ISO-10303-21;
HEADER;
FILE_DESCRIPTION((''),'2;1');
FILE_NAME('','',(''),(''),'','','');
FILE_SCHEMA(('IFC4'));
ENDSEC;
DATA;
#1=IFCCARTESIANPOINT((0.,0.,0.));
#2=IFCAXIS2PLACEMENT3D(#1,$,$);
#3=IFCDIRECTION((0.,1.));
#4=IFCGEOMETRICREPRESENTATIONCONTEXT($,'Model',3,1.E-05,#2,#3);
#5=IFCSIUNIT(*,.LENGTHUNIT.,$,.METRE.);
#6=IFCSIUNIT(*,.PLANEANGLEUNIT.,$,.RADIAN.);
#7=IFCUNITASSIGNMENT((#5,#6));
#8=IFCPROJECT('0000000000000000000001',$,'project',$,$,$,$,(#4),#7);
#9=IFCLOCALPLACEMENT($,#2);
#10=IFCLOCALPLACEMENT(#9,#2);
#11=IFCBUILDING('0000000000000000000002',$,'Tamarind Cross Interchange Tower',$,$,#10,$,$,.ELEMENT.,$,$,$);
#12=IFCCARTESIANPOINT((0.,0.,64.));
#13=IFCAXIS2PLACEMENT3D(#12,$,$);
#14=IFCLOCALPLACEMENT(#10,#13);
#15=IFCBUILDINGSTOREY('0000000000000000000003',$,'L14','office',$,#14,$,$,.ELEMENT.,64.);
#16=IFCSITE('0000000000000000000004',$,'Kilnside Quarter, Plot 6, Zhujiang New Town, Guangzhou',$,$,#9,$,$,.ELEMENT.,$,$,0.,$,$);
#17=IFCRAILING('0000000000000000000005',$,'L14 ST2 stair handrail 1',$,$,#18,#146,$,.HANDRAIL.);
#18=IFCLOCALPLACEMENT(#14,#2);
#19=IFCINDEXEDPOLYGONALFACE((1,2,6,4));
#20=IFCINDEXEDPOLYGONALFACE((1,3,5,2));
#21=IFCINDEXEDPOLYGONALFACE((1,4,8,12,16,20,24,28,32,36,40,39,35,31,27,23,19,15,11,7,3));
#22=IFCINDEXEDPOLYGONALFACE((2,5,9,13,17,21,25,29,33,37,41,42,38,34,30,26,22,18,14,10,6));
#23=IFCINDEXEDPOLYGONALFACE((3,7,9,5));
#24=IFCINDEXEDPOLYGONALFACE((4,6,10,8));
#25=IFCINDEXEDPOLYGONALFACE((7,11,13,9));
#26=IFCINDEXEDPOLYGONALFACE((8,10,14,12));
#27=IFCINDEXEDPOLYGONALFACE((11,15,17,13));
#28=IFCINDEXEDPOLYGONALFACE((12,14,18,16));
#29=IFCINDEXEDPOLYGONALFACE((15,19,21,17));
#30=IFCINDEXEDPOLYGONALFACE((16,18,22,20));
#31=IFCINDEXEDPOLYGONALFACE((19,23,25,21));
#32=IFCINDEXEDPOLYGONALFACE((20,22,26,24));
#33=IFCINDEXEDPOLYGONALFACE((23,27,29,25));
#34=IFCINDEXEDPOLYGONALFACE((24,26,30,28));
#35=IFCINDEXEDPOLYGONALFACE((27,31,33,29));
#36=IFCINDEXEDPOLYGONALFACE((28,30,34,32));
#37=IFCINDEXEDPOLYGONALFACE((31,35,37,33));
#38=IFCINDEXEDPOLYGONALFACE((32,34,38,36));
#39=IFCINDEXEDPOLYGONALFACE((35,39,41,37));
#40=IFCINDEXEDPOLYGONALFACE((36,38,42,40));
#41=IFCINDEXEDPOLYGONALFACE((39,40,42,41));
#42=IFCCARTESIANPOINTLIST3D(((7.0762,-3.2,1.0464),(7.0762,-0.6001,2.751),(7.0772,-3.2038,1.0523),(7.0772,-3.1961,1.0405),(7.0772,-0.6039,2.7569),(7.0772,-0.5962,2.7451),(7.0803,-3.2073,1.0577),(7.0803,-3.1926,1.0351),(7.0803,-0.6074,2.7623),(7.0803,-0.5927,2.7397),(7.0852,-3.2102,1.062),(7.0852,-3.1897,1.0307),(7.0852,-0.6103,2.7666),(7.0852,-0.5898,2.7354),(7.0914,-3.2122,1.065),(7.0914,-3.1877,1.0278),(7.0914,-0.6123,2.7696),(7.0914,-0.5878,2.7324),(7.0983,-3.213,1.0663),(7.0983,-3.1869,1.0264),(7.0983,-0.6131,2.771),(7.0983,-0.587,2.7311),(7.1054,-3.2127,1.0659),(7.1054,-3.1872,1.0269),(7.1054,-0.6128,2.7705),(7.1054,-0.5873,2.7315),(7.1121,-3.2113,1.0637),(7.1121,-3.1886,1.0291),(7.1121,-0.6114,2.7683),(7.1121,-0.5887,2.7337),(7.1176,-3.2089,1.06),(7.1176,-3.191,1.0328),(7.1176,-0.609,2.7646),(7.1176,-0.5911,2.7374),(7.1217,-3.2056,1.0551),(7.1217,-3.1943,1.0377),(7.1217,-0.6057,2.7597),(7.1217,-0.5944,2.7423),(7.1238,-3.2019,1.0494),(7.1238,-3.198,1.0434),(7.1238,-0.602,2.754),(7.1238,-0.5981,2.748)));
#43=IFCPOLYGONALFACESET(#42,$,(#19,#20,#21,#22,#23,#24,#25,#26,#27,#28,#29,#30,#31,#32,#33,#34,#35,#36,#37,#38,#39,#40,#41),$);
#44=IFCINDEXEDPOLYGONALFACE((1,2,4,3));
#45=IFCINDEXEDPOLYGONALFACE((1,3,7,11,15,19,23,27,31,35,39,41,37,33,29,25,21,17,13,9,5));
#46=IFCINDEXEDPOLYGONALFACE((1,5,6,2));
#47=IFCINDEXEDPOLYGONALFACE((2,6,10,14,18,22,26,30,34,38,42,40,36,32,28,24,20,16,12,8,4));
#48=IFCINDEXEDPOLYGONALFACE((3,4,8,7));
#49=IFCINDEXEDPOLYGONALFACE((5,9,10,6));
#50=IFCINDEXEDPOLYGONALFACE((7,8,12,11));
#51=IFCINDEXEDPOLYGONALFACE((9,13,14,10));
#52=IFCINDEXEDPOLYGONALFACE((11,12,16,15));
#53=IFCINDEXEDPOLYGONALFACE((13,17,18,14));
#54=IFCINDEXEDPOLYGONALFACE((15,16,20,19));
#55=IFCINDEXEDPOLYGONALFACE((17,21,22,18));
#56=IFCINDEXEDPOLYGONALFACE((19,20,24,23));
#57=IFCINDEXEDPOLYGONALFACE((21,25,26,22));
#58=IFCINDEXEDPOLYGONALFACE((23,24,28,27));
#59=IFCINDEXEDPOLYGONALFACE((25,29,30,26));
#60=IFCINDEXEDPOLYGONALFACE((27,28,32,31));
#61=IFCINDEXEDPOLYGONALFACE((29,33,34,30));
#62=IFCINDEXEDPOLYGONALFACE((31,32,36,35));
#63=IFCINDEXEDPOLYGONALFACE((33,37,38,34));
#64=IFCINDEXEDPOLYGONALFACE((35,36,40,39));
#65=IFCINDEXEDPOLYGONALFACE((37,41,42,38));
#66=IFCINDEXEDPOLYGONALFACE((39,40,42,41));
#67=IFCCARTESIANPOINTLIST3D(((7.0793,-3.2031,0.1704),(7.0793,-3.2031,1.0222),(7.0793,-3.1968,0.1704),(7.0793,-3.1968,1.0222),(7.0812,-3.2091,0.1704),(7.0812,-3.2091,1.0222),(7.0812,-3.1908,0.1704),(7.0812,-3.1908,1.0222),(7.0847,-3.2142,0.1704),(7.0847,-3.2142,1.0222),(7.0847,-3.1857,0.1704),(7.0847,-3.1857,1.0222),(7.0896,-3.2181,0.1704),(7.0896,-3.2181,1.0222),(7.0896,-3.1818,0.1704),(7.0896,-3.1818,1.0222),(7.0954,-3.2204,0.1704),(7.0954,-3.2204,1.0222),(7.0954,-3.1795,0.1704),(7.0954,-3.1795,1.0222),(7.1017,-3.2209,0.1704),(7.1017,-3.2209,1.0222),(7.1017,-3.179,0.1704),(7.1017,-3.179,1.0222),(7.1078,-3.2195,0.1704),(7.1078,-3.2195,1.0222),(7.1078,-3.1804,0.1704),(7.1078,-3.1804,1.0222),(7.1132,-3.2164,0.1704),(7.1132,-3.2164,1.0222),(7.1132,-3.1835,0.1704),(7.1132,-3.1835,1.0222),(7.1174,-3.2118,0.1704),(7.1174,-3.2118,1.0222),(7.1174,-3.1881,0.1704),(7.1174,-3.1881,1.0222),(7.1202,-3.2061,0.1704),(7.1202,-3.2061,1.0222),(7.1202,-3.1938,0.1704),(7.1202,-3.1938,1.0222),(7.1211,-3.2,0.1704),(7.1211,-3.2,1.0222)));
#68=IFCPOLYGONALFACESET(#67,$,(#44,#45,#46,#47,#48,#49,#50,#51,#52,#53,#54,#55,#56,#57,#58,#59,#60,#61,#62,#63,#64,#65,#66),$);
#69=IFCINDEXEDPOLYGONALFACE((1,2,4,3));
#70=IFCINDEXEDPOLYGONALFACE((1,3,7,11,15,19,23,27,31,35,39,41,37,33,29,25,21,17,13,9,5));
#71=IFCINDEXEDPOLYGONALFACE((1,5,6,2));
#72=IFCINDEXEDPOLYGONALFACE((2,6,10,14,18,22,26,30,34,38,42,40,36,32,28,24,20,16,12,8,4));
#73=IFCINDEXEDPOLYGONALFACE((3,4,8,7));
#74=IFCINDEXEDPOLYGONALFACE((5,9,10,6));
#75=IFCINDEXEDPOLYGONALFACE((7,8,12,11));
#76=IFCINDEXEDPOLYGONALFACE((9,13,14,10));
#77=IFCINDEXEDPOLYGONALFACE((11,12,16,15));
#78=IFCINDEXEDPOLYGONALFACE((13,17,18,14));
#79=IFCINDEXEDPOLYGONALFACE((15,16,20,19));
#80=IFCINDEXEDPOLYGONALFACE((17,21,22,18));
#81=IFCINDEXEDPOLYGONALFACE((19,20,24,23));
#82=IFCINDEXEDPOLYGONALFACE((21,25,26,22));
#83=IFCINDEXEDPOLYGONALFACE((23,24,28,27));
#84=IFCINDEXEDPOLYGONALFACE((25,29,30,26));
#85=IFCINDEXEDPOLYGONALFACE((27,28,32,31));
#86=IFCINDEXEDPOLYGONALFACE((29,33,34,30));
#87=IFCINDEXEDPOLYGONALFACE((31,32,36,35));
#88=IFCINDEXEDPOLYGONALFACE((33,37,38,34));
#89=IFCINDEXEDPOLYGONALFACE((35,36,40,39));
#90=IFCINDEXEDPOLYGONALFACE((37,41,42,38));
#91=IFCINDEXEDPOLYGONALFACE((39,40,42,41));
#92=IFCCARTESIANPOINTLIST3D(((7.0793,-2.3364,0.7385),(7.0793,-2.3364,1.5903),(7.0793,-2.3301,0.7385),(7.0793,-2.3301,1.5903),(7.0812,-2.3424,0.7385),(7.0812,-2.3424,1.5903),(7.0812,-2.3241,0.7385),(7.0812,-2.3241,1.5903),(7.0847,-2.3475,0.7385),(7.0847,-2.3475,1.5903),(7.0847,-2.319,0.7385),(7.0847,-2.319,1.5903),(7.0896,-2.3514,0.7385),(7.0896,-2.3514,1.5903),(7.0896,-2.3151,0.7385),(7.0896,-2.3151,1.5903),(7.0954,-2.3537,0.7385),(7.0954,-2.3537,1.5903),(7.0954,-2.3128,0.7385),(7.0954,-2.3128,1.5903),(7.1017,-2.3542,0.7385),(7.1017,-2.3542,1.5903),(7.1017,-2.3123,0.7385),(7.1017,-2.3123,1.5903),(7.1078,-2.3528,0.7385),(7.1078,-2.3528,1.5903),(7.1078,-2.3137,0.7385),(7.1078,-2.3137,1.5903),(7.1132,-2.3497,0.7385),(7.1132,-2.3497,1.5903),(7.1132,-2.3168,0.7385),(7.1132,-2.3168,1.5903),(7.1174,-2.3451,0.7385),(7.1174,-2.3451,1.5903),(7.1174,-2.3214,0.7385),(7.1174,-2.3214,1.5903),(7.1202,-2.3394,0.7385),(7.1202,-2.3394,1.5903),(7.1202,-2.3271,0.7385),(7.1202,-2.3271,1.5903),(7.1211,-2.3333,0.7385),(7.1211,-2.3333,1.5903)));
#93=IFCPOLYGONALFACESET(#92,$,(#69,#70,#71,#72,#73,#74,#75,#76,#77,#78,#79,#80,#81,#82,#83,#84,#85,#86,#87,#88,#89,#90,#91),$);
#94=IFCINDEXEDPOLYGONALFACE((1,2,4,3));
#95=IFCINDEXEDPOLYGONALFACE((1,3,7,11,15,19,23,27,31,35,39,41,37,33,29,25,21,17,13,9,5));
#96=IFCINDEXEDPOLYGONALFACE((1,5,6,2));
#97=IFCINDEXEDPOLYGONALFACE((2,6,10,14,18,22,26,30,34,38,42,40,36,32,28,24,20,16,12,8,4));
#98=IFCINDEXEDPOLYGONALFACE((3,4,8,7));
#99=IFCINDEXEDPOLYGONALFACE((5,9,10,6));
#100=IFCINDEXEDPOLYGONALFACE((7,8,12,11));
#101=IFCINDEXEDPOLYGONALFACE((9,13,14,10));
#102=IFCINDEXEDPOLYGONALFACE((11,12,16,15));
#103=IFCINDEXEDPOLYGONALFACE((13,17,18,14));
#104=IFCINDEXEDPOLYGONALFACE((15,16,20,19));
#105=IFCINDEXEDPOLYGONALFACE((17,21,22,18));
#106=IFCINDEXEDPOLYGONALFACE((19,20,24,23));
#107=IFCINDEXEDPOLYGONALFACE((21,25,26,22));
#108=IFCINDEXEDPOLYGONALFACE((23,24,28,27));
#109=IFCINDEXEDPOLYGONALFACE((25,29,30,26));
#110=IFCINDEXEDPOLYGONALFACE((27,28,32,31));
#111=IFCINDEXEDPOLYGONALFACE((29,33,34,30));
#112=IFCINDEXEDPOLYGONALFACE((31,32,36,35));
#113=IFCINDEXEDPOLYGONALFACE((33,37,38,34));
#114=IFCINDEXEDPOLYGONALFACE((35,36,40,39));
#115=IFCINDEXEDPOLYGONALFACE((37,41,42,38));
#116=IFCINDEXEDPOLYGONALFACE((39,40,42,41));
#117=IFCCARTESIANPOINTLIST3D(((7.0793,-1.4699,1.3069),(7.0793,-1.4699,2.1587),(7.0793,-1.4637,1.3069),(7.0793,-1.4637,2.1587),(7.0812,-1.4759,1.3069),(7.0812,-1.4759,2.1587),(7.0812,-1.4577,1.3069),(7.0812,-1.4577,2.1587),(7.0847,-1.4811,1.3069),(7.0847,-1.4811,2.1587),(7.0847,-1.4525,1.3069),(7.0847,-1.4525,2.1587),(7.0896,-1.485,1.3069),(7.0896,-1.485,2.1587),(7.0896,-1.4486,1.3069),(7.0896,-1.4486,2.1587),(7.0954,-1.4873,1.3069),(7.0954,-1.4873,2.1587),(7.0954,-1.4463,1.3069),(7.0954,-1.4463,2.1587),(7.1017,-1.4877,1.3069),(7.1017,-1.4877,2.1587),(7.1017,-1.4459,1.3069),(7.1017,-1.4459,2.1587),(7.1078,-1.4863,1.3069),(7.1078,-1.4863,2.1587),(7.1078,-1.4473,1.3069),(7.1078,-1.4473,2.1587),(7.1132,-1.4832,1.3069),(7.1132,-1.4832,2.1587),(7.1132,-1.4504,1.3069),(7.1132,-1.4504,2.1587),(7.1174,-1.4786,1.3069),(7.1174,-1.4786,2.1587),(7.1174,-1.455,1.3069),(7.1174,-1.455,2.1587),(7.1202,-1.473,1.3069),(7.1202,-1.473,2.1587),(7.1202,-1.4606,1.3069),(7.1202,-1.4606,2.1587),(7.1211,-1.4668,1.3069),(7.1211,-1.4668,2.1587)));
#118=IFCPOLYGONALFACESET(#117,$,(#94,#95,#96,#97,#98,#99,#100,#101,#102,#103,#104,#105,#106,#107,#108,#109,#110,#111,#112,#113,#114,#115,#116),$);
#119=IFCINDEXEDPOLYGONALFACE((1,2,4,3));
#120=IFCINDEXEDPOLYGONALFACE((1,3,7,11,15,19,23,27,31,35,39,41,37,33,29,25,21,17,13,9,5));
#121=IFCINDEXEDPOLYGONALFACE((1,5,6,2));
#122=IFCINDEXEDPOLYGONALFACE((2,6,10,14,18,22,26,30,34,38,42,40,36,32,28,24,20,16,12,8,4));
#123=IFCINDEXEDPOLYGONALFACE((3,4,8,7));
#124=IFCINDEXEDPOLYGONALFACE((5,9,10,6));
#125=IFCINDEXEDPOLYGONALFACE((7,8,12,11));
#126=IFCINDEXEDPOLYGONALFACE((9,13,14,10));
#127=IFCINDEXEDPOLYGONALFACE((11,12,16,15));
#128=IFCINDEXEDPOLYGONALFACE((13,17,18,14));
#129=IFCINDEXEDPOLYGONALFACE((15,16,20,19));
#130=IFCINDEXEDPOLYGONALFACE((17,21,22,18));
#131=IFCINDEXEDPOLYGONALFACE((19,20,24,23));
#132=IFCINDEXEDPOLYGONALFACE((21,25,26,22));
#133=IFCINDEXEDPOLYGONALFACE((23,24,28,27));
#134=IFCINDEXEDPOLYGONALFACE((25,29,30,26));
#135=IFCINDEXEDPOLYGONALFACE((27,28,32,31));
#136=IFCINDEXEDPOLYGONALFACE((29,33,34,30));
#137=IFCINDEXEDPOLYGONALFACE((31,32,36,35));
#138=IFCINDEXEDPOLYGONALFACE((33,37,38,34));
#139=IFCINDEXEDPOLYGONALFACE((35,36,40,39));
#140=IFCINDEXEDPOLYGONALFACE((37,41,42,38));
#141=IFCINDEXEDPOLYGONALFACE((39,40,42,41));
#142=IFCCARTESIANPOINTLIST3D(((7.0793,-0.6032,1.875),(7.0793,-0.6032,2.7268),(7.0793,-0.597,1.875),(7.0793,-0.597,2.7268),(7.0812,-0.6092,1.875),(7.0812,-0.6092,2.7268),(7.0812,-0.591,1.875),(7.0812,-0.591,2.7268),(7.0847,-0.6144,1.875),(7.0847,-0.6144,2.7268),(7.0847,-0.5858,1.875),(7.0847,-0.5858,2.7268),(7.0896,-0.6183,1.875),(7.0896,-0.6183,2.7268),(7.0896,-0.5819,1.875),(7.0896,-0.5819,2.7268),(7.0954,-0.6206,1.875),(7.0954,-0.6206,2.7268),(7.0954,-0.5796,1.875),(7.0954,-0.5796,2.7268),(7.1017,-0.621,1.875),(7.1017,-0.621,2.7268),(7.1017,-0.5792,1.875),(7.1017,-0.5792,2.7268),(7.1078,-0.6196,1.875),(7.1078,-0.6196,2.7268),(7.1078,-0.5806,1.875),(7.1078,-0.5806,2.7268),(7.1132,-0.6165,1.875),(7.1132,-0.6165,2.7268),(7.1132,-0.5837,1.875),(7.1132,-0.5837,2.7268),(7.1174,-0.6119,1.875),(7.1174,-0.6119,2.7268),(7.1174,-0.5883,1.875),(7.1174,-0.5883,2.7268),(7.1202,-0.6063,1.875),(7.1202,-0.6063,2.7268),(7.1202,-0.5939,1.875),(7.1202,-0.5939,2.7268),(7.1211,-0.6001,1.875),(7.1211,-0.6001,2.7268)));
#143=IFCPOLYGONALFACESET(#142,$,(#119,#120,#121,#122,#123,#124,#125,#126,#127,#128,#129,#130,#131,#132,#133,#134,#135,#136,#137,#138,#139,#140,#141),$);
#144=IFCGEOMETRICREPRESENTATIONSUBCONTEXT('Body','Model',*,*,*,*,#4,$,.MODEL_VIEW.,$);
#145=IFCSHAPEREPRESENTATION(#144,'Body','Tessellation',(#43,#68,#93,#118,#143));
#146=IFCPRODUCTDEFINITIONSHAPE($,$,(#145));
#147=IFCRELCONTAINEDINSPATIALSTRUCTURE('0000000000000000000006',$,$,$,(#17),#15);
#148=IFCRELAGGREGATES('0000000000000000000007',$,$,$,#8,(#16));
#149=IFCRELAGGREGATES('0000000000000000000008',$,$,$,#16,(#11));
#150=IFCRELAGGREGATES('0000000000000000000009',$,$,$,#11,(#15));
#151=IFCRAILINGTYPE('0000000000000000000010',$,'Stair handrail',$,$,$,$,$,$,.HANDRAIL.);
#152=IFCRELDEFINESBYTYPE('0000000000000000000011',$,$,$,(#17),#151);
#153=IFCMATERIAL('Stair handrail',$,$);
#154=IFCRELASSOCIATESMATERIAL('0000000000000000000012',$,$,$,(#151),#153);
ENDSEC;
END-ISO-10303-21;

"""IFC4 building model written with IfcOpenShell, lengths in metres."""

from ifc_helpers import new_model, si_unit, direction, frame, origin, origin_2d, place, context, subcontext, project, spatial, circle, extrude, material, type_object, element, save


model = new_model("IFC4")

# Units and contexts
model_context = context("Model", 3, precision=1e-05, world=origin(), true_north=direction((0.0, 1.0)))
body_context = subcontext(model_context, "Body", "Model", "MODEL_VIEW")
ifc_project = project(units=[si_unit("LENGTHUNIT", "METRE"), si_unit("PLANEANGLEUNIT", "RADIAN")], contexts=[model_context])

# Site, building, storey
site_placement = place(None, origin())
site = spatial("IfcSite", under=ifc_project, at=site_placement, Name="Kilnside Quarter, Plot 6, Zhujiang New Town, Guangzhou", CompositionType="ELEMENT", RefElevation=0.0)
building_placement = place(site_placement, origin())
building = spatial("IfcBuilding", under=site, at=building_placement, Name="Tamarind Cross Interchange Tower", CompositionType="ELEMENT")
storey_placement = place(building_placement, frame((0.0, 0.0, 64.0)))
storey = spatial("IfcBuildingStorey", under=building, at=storey_placement, Name="L14", Description="office", CompositionType="ELEMENT", Elevation=64.0)

# Railing
ifc_material_1 = material(Name="Stair handrail")
railing_type_1 = type_object("IfcRailingType", Name="Stair handrail", PredefinedType="HANDRAIL", material=ifc_material_1)
railing_1_placement = place(storey_placement, frame((7.1001, -3.2, 0.1704)))
element("IfcRailing", 1, at=railing_1_placement, inside=storey, type_object=railing_type_1, Name="L14 ST2 stair handrail 1", PredefinedType="HANDRAIL", context=body_context, shape_type="SweptSolid", body=[
    extrude(circle(Radius=0.0239, at=origin_2d()), frame((0.0, 0.0, 0.876), z_axis=(0.0, 0.836279, 0.548305), x_axis=(-1.0, 0.0, 0.0)), (0.0, 0.0, 1.0), 3.1089),
    extrude(circle(Radius=0.021, at=origin_2d()), origin(), (0.0, 0.0, 1.0), 0.8518),
    extrude(circle(Radius=0.021, at=origin_2d()), frame((0.0, 0.8667, 0.5681)), (0.0, 0.0, 1.0), 0.8518),
    extrude(circle(Radius=0.021, at=origin_2d()), frame((0.0, 1.7332, 1.1365)), (0.0, 0.0, 1.0), 0.8518),
    extrude(circle(Radius=0.021, at=origin_2d()), frame((0.0, 2.5999, 1.7046)), (0.0, 0.0, 1.0), 0.8518),
])

save(model, "model.ifc")
